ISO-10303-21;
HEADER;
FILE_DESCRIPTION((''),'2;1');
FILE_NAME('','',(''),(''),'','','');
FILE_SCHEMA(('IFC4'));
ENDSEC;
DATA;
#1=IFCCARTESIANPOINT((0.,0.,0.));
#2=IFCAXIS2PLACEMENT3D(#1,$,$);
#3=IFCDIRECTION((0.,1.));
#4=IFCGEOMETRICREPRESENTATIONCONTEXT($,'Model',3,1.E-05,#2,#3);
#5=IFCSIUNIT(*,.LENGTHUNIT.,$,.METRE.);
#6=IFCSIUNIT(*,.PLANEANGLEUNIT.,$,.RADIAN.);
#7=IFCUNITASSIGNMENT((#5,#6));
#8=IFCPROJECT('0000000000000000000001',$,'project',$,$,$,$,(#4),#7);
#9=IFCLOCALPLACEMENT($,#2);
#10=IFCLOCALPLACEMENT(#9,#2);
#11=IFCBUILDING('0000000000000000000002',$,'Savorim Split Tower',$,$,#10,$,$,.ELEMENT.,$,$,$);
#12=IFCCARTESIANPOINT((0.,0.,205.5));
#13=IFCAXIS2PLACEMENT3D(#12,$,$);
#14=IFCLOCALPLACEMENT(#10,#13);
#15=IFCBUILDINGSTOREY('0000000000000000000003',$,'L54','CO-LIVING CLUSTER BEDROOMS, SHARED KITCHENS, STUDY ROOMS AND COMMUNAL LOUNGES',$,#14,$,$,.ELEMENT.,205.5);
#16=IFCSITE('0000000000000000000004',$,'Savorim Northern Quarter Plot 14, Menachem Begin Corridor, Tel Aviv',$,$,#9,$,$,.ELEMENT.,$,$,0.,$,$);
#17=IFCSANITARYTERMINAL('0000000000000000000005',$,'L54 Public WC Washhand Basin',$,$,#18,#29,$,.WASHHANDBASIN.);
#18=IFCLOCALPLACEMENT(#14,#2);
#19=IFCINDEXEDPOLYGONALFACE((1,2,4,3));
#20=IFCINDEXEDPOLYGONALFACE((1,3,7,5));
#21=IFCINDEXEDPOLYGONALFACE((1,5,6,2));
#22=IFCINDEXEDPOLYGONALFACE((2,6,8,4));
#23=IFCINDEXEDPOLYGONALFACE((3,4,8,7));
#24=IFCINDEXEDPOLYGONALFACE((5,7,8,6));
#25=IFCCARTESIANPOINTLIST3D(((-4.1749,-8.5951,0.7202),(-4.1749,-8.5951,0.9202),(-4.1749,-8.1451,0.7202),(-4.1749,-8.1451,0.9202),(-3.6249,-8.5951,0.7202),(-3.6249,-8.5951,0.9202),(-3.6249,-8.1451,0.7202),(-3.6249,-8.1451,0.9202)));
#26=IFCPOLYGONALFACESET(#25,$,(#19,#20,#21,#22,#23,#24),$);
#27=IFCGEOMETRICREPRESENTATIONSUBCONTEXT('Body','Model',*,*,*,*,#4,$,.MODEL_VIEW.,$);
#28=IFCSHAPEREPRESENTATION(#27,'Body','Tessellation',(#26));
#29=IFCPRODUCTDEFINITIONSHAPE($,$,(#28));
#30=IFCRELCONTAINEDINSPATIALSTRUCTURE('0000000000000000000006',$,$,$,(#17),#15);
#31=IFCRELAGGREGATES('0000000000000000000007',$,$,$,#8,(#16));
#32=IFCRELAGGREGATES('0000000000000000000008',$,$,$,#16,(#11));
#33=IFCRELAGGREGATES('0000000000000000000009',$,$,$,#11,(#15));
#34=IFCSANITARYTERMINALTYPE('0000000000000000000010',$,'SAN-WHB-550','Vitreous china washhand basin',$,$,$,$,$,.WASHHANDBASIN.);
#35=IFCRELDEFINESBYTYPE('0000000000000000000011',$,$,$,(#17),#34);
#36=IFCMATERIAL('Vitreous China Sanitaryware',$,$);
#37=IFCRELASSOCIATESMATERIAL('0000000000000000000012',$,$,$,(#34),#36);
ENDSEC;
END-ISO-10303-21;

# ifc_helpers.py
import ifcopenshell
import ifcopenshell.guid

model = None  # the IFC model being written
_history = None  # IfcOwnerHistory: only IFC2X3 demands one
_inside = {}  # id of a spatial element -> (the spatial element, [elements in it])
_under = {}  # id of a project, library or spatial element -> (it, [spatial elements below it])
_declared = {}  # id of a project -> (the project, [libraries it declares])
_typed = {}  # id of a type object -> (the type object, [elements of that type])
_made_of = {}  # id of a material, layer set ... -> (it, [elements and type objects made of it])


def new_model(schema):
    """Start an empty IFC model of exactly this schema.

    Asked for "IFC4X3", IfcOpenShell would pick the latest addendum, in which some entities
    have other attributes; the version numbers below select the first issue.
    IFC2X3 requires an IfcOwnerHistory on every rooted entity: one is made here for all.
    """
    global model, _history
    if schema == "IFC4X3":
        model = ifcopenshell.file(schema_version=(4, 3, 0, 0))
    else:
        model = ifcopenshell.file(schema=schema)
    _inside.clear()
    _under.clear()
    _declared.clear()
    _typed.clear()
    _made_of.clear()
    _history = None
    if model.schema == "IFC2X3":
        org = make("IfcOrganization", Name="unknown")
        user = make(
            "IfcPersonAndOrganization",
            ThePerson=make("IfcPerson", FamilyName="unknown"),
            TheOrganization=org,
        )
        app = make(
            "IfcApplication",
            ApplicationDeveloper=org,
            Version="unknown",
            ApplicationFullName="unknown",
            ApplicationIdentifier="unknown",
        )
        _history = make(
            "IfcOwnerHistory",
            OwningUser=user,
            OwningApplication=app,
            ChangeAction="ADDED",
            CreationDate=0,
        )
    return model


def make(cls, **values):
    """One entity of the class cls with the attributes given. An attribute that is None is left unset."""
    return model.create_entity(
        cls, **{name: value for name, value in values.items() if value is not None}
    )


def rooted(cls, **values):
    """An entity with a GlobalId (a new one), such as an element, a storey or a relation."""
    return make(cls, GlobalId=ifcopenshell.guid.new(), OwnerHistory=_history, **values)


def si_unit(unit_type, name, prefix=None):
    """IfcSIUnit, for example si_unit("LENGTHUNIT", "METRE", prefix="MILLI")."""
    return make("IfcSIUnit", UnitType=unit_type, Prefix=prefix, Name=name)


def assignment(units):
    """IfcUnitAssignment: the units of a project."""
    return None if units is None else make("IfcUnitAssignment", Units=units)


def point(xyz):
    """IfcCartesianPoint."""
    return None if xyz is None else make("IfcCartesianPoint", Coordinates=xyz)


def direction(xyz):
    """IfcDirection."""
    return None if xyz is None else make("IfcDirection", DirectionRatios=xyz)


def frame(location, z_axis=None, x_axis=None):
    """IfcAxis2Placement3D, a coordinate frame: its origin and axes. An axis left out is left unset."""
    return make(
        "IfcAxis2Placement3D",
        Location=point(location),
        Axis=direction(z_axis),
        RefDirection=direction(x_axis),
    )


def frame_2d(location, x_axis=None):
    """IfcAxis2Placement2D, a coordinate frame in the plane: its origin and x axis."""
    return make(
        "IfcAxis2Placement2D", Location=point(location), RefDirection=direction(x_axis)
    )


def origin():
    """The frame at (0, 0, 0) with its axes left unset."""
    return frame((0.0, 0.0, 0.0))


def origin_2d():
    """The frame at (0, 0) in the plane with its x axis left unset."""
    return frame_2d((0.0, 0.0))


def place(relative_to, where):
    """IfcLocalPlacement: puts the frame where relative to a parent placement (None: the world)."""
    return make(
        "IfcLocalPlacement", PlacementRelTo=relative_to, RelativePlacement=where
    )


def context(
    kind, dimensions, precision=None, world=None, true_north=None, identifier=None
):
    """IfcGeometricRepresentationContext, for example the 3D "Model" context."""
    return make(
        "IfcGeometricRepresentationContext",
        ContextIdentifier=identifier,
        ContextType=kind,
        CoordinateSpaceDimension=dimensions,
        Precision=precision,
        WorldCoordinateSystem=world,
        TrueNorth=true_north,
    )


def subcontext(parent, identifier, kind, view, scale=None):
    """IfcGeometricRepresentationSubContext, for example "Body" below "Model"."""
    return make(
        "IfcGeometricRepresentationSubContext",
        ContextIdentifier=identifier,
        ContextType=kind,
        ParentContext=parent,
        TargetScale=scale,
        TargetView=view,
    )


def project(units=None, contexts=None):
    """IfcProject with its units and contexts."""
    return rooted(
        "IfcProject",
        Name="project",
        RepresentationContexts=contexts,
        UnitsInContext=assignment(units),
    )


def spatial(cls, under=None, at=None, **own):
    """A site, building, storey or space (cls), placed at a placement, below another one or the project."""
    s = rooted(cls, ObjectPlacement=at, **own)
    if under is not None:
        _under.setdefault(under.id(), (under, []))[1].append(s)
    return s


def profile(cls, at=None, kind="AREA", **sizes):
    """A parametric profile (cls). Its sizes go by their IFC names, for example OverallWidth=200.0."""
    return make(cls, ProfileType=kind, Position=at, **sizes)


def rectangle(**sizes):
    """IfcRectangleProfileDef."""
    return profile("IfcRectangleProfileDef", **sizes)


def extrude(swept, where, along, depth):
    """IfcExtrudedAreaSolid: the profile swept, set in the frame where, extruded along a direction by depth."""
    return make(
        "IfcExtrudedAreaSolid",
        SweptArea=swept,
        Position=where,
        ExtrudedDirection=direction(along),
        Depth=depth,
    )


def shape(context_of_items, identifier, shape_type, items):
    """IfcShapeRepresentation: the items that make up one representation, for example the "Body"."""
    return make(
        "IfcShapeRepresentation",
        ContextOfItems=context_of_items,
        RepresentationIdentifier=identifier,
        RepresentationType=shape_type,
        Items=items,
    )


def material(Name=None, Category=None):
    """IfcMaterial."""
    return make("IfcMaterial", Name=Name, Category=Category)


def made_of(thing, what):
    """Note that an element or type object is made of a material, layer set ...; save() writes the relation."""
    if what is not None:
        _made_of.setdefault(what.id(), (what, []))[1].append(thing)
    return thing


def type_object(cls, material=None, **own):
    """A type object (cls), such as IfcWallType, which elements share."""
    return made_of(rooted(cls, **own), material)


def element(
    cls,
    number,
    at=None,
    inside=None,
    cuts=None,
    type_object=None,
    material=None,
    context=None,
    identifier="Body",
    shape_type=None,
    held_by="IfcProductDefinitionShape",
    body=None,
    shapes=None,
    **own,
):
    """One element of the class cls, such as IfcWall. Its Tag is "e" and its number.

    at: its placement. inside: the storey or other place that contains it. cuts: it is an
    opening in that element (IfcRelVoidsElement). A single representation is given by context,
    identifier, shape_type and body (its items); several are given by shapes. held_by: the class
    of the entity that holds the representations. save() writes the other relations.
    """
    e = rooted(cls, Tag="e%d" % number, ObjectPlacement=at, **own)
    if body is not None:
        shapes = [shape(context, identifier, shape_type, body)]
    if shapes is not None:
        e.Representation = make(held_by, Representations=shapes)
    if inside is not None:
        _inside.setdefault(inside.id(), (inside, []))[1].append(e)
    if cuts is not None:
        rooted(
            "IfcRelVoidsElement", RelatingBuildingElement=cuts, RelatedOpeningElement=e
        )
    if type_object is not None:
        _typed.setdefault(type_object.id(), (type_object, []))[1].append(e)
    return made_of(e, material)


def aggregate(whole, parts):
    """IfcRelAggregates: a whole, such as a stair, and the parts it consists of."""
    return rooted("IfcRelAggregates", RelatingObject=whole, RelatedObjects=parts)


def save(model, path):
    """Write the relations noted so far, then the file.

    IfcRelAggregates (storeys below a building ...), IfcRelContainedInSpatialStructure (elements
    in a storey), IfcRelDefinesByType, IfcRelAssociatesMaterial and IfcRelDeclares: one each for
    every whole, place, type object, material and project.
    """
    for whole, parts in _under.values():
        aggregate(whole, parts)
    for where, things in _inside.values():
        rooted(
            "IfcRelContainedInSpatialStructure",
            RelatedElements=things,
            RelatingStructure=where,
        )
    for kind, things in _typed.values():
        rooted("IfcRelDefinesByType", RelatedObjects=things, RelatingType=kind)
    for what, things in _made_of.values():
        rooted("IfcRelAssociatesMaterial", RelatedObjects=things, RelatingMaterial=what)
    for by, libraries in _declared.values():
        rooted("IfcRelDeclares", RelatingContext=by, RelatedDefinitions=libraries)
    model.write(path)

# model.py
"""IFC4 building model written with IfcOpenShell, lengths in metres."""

from ifc_helpers import new_model, si_unit, direction, frame, origin, origin_2d, place, context, subcontext, project, spatial, rectangle, extrude, material, type_object, element, save


model = new_model("IFC4")

# Units and contexts
model_context = context("Model", 3, precision=1e-05, world=origin(), true_north=direction((0.0, 1.0)))
body_context = subcontext(model_context, "Body", "Model", "MODEL_VIEW")
ifc_project = project(units=[si_unit("LENGTHUNIT", "METRE"), si_unit("PLANEANGLEUNIT", "RADIAN")], contexts=[model_context])

# Site, building, storey
site_placement = place(None, origin())
site = spatial("IfcSite", under=ifc_project, at=site_placement, Name="Savorim Northern Quarter Plot 14, Menachem Begin Corridor, Tel Aviv", CompositionType="ELEMENT", RefElevation=0.0)
building_placement = place(site_placement, origin())
building = spatial("IfcBuilding", under=site, at=building_placement, Name="Savorim Split Tower", CompositionType="ELEMENT")
storey_placement = place(building_placement, frame((0.0, 0.0, 205.5)))
storey = spatial("IfcBuildingStorey", under=building, at=storey_placement, Name="L54", Description="CO-LIVING CLUSTER BEDROOMS, SHARED KITCHENS, STUDY ROOMS AND COMMUNAL LOUNGES", CompositionType="ELEMENT", Elevation=205.5)

# Sanitary terminal
ifc_material_1 = material(Name="Vitreous China Sanitaryware")
sanitary_terminal_type_1 = type_object("IfcSanitaryTerminalType", Name="SAN-WHB-550", Description="Vitreous china washhand basin", PredefinedType="WASHHANDBASIN", material=ifc_material_1)
sanitary_terminal_1_placement = place(storey_placement, frame((-3.8999, -8.3701, 0.7202), z_axis=(0.0, 0.0, 1.0), x_axis=(1.0, 0.0, 0.0)))
element("IfcSanitaryTerminal", 1, at=sanitary_terminal_1_placement, inside=storey, type_object=sanitary_terminal_type_1, Name="L54 Public WC Washhand Basin", PredefinedType="WASHHANDBASIN", context=body_context, shape_type="SweptSolid", body=[
    extrude(rectangle(XDim=0.55, YDim=0.45, at=origin_2d()), origin(), (0.0, 0.0, 1.0), 0.2),
])

save(model, "model.ifc")
